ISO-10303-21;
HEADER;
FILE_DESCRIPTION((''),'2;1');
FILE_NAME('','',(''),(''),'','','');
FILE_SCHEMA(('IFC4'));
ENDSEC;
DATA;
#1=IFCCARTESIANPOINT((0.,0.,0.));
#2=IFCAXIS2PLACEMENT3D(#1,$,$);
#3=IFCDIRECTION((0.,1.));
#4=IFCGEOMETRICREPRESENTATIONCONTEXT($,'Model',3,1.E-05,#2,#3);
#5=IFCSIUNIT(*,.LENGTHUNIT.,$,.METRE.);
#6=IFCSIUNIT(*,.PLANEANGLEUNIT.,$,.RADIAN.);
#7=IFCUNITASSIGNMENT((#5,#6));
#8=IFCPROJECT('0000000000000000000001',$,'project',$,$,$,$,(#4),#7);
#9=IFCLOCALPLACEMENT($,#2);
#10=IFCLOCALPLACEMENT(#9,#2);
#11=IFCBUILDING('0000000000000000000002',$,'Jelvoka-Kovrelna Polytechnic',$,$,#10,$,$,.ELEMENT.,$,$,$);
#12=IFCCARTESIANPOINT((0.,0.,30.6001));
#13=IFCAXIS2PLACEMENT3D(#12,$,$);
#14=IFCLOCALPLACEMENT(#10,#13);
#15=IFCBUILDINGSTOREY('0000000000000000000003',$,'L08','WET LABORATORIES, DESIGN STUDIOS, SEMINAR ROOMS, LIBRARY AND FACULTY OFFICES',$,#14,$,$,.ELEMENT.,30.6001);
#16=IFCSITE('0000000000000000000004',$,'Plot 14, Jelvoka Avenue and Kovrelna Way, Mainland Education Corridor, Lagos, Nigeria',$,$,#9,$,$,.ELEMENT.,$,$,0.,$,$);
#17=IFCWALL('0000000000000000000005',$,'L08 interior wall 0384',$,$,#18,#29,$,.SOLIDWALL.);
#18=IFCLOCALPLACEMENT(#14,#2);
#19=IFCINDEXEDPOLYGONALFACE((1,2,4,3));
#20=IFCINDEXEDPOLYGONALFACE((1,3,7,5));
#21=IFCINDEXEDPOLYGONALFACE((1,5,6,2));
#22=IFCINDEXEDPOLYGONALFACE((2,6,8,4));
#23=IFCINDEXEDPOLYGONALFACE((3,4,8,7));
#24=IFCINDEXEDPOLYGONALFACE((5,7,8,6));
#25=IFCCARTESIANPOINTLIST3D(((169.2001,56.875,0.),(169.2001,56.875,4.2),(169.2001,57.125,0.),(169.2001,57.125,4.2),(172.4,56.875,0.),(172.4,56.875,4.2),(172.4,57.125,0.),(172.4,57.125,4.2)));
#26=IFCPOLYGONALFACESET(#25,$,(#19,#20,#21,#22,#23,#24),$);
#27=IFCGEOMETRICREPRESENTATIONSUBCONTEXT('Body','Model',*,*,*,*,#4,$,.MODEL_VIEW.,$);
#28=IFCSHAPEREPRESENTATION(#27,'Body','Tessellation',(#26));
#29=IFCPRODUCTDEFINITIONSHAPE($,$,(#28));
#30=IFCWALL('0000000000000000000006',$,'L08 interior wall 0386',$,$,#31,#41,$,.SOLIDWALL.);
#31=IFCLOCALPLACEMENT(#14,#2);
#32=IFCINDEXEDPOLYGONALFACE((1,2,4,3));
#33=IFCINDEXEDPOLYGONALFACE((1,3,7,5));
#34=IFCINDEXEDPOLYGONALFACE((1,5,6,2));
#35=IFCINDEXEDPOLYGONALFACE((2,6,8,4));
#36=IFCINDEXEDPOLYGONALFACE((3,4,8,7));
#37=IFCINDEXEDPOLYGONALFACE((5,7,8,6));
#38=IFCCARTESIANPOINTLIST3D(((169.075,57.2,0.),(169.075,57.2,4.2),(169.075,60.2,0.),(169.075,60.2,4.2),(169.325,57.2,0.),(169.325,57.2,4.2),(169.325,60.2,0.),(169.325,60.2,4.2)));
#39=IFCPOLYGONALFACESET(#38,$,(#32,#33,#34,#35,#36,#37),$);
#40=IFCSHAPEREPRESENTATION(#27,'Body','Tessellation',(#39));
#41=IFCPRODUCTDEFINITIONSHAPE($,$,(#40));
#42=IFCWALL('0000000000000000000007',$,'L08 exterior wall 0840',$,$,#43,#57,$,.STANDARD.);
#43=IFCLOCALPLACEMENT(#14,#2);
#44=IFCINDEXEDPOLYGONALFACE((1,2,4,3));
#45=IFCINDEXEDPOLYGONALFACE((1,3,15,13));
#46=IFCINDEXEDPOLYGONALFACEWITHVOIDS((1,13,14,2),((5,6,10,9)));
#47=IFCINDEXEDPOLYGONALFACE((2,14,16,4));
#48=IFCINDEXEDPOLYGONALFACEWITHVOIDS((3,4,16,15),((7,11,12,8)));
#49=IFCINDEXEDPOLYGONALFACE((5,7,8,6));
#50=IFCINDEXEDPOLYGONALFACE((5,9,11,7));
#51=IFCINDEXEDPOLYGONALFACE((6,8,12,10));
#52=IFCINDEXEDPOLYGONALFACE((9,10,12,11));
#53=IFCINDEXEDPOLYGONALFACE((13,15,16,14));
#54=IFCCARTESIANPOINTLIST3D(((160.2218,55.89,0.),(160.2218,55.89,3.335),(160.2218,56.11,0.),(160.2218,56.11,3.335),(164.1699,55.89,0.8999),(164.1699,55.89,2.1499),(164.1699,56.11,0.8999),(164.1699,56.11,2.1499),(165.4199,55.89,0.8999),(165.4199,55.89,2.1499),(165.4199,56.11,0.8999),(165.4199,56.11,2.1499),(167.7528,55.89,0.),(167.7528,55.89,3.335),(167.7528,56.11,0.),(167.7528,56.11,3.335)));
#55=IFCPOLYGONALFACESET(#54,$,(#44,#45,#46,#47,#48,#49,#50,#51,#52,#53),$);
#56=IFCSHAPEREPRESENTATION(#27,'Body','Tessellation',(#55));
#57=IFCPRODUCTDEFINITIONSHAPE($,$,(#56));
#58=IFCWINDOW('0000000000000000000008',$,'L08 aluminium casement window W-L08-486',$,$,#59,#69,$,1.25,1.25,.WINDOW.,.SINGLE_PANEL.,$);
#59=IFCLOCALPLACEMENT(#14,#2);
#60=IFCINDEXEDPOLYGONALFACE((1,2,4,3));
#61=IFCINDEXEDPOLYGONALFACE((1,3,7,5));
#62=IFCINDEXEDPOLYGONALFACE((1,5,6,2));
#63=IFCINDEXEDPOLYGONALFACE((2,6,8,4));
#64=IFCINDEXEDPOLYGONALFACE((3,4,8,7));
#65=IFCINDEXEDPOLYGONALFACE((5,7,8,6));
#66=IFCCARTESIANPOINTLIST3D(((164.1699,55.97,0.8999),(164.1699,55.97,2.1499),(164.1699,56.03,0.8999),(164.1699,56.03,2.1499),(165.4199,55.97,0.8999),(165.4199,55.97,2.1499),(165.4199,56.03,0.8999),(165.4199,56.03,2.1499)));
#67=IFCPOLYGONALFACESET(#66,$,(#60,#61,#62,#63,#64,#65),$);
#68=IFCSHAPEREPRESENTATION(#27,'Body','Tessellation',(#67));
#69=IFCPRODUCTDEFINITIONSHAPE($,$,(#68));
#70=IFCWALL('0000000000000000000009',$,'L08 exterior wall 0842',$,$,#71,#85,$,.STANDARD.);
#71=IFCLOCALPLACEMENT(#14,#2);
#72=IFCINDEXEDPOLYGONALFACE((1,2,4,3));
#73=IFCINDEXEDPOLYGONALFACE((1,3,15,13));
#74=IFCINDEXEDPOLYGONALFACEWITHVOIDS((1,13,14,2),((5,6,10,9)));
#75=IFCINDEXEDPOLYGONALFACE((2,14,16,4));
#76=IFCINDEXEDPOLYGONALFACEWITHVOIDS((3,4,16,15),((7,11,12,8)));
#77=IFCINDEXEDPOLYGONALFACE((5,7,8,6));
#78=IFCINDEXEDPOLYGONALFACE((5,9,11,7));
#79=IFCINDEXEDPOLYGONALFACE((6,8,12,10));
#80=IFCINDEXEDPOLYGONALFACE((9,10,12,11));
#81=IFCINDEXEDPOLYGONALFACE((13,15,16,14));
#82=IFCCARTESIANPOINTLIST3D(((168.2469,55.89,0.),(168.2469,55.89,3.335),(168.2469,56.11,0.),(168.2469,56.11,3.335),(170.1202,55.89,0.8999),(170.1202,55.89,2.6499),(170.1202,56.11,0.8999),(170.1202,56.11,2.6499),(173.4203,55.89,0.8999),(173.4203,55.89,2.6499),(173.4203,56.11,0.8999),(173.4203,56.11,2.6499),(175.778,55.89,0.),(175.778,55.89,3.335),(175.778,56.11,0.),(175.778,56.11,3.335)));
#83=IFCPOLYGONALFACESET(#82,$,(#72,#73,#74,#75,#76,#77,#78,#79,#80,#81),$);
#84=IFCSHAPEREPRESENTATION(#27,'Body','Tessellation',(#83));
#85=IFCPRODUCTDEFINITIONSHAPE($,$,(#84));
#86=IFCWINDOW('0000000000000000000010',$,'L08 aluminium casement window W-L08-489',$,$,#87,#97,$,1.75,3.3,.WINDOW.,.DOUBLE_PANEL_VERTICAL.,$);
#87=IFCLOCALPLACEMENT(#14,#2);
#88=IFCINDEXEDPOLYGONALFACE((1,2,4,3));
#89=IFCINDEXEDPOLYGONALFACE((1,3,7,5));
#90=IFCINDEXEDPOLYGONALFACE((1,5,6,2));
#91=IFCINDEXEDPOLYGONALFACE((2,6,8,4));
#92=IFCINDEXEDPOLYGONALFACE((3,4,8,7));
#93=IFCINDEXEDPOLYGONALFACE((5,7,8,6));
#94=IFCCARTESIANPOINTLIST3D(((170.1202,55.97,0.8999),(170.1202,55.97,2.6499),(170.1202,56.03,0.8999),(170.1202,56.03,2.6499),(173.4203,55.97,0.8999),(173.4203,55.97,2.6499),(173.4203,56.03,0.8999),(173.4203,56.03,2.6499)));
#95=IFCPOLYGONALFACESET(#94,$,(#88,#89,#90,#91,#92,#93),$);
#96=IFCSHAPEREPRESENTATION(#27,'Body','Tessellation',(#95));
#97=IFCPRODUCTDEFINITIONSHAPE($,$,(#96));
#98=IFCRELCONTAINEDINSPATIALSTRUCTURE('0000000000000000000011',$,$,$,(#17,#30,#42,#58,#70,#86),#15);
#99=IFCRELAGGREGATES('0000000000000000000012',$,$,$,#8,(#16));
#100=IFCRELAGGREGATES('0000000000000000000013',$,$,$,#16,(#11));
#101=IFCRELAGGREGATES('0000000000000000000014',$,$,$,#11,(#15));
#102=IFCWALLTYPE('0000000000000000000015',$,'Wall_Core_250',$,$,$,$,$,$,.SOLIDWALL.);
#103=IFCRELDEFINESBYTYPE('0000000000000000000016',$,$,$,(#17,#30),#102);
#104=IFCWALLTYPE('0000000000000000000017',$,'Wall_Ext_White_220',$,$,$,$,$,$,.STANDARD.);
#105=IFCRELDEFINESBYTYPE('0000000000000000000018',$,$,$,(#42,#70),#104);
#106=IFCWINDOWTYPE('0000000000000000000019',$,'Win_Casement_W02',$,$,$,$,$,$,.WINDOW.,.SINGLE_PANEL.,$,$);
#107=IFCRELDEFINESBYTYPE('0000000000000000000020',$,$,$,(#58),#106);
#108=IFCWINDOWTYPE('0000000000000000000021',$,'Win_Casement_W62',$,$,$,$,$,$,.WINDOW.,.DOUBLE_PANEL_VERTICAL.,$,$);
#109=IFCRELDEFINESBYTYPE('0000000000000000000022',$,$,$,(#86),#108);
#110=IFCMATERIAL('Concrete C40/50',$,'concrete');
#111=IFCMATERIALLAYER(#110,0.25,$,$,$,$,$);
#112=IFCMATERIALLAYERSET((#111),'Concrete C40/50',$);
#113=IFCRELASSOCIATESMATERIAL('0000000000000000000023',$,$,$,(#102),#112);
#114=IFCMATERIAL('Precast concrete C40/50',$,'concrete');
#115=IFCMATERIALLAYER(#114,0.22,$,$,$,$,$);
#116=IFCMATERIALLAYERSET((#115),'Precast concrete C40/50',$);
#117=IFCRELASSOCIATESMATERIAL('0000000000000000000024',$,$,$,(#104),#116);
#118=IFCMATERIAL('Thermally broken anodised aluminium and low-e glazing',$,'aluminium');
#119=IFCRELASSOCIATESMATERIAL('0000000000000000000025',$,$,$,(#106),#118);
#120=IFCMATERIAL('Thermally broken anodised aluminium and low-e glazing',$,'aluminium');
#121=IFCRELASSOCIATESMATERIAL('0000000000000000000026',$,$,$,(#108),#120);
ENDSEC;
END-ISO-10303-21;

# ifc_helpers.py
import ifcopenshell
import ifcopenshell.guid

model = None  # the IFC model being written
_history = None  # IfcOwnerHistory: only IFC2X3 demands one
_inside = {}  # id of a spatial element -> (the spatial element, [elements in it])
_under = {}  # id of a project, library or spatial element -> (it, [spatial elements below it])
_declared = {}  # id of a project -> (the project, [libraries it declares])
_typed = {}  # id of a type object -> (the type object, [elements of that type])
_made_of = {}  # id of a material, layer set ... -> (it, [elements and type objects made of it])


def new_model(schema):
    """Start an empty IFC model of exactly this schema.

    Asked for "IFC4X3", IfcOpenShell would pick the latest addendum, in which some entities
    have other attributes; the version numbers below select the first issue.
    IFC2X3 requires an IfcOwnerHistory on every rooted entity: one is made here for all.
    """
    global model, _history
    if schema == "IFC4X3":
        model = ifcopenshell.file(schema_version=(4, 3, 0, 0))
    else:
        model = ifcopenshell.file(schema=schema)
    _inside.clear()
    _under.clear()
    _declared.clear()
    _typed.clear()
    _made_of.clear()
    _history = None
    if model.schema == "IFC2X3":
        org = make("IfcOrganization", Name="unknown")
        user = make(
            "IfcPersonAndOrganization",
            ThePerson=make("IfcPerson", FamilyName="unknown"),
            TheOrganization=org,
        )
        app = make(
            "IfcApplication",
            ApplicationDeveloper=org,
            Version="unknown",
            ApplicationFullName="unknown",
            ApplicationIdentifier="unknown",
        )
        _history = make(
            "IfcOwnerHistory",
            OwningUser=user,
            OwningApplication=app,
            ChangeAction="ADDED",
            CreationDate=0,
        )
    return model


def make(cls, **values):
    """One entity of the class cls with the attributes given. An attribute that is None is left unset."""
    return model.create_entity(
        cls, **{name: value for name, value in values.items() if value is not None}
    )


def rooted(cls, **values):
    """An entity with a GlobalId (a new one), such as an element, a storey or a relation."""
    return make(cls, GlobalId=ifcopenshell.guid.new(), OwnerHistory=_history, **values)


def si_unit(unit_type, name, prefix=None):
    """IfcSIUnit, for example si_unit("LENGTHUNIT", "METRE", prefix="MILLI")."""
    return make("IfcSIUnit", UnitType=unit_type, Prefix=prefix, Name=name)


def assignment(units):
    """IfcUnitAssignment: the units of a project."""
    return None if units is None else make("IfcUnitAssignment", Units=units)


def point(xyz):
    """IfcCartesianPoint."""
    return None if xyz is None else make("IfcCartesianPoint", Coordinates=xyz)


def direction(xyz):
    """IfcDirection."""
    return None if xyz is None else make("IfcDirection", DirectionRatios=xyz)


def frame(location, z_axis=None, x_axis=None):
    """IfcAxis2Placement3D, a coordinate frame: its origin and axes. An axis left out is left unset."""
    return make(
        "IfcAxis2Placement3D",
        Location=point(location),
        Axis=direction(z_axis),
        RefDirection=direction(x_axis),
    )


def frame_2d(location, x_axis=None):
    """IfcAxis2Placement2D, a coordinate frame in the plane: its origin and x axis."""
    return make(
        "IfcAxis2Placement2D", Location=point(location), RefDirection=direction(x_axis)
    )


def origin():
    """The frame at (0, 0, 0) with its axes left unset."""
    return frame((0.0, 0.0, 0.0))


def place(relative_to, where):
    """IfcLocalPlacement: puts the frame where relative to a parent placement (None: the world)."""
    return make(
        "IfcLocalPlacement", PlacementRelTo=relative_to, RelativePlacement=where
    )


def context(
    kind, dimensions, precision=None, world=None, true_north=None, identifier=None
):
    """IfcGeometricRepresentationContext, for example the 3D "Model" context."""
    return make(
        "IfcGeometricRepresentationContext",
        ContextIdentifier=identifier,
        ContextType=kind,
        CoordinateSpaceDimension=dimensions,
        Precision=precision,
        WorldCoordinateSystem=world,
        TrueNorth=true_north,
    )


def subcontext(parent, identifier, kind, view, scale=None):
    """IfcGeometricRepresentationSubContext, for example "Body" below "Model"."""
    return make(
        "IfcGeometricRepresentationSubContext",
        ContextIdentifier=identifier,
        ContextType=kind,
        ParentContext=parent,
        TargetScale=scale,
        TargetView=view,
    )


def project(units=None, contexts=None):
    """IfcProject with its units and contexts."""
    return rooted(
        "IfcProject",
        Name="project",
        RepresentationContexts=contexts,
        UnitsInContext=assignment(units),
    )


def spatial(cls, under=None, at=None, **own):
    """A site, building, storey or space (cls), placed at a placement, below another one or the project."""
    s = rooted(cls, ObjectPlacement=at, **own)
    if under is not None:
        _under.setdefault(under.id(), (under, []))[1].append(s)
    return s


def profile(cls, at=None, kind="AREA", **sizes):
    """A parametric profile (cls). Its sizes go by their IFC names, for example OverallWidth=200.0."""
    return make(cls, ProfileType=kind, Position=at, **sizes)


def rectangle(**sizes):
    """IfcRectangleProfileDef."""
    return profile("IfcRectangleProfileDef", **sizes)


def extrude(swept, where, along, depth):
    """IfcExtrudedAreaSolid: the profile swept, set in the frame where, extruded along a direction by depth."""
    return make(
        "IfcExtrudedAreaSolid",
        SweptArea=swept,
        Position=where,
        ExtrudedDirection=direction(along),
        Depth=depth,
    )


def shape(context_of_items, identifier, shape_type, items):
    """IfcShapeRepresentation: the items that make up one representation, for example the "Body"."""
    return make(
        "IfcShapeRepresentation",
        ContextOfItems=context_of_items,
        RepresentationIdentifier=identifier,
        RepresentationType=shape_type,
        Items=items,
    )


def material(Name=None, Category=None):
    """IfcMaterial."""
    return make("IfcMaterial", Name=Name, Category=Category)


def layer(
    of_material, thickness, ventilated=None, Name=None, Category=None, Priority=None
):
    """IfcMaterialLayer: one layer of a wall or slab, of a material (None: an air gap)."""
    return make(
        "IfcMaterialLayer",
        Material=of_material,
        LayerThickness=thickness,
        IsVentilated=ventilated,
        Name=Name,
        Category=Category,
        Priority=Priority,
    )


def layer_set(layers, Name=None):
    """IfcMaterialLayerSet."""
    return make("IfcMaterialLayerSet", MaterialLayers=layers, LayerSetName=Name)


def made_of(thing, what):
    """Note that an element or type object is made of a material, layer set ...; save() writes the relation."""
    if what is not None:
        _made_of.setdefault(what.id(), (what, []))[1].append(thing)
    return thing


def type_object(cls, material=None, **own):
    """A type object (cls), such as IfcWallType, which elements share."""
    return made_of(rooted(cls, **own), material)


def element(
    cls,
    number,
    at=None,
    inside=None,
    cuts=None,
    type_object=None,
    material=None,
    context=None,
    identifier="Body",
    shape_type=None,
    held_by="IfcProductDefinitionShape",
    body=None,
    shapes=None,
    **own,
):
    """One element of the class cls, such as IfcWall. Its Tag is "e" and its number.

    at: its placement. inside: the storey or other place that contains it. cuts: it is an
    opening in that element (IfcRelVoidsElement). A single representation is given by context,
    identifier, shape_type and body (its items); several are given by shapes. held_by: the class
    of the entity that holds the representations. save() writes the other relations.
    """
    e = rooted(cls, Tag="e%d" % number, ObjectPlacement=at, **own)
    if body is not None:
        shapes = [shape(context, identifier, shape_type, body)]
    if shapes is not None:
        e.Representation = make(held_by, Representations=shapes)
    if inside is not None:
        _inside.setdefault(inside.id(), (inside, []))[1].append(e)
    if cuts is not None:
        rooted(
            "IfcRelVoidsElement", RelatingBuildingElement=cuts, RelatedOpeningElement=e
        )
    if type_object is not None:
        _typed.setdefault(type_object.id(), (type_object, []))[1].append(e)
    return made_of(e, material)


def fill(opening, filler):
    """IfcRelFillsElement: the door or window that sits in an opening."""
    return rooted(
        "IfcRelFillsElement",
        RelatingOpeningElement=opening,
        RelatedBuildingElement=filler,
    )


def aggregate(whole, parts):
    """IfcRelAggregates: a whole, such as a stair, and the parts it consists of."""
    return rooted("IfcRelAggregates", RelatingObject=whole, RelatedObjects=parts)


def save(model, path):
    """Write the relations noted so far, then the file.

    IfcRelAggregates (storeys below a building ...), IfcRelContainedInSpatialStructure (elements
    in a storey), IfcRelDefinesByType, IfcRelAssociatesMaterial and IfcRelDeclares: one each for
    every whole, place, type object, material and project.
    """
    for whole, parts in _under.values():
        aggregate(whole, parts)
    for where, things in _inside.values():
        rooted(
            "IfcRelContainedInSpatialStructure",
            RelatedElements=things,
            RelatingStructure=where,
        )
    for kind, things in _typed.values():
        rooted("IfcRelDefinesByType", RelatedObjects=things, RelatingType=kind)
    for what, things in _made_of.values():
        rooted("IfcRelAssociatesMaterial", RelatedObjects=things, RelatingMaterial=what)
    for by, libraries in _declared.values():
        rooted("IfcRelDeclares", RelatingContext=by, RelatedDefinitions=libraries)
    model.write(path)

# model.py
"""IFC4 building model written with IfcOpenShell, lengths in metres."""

from ifc_helpers import new_model, si_unit, direction, frame, frame_2d, origin, place, context, subcontext, project, spatial, rectangle, extrude, material, layer, layer_set, type_object, element, fill, save


model = new_model("IFC4")

# Units and contexts
model_context = context("Model", 3, precision=1e-05, world=origin(), true_north=direction((0.0, 1.0)))
body_context = subcontext(model_context, "Body", "Model", "MODEL_VIEW")
ifc_project = project(units=[si_unit("LENGTHUNIT", "METRE"), si_unit("PLANEANGLEUNIT", "RADIAN")], contexts=[model_context])

# Site, building, storey
site_placement = place(None, origin())
site = spatial("IfcSite", under=ifc_project, at=site_placement, Name="Plot 14, Jelvoka Avenue and Kovrelna Way, Mainland Education Corridor, Lagos, Nigeria", CompositionType="ELEMENT", RefElevation=0.0)
building_placement = place(site_placement, origin())
building = spatial("IfcBuilding", under=site, at=building_placement, Name="Jelvoka-Kovrelna Polytechnic", CompositionType="ELEMENT")
storey_placement = place(building_placement, frame((0.0, 0.0, 30.6001)))
storey = spatial("IfcBuildingStorey", under=building, at=storey_placement, Name="L08", Description="WET LABORATORIES, DESIGN STUDIOS, SEMINAR ROOMS, LIBRARY AND FACULTY OFFICES", CompositionType="ELEMENT", Elevation=30.6001)

# Walls
ifc_material_1 = material(Name="Concrete C40/50", Category="concrete")
ifc_layer_1 = layer(ifc_material_1, 0.25)
ifc_layer_set_1 = layer_set([ifc_layer_1], Name="Concrete C40/50")
wall_type_1 = type_object("IfcWallType", Name="Wall_Core_250", PredefinedType="SOLIDWALL", material=ifc_layer_set_1)
wall_1_placement = place(storey_placement, frame((169.2, 57.0, 0.0), z_axis=(0.0, 0.0, 1.0), x_axis=(1.0, 0.0, 0.0)))
element("IfcWall", 1, at=wall_1_placement, inside=storey, type_object=wall_type_1, Name="L08 interior wall 0384", PredefinedType="SOLIDWALL", context=body_context, shape_type="SweptSolid", body=[
    extrude(rectangle(XDim=3.2, YDim=0.25, at=frame_2d((1.6001, 0.0))), origin(), (0.0, 0.0, 1.0), 4.2),
])
wall_2_placement = place(storey_placement, frame((169.2, 57.2, 0.0), z_axis=(0.0, 0.0, 1.0), x_axis=(0.0, 1.0, 0.0)))
element("IfcWall", 2, at=wall_2_placement, inside=storey, type_object=wall_type_1, Name="L08 interior wall 0386", PredefinedType="SOLIDWALL", context=body_context, shape_type="SweptSolid", body=[
    extrude(rectangle(XDim=3.0, YDim=0.25, at=frame_2d((1.5, 0.0))), origin(), (0.0, 0.0, 1.0), 4.2),
])

# Walls, openings, windows
ifc_material_2 = material(Name="Precast concrete C40/50", Category="concrete")
ifc_layer_2 = layer(ifc_material_2, 0.22)
ifc_layer_set_2 = layer_set([ifc_layer_2], Name="Precast concrete C40/50")
wall_type_2 = type_object("IfcWallType", Name="Wall_Ext_White_220", PredefinedType="STANDARD", material=ifc_layer_set_2)
wall_3_placement = place(storey_placement, frame((167.7529, 56.0, 0.0), z_axis=(0.0, 0.0, 1.0), x_axis=(-1.0, 0.0, 0.0)))
wall_3 = element("IfcWall", 3, at=wall_3_placement, inside=storey, type_object=wall_type_2, Name="L08 exterior wall 0840", PredefinedType="STANDARD", context=body_context, shape_type="SweptSolid", body=[
    extrude(rectangle(XDim=7.531, YDim=0.22, at=frame_2d((3.7656, 0.0))), origin(), (0.0, 0.0, 1.0), 3.335),
])
opening_1_placement = place(wall_3_placement, frame((2.333, 0.0, 0.8999)))
opening_1 = element("IfcOpeningElement", 4, at=opening_1_placement, cuts=wall_3, PredefinedType="OPENING", context=body_context, shape_type="SweptSolid", body=[
    extrude(rectangle(XDim=1.25, YDim=1.25, at=frame_2d((0.625, 0.625))), frame((0.0, 0.1199, 0.0), z_axis=(0.0, -1.0, 0.0), x_axis=(1.0, 0.0, 0.0)), (0.0, 0.0, 1.0), 0.24),
])
ifc_material_3 = material(Name="Thermally broken anodised aluminium and low-e glazing", Category="aluminium")
window_type_1 = type_object("IfcWindowType", Name="Win_Casement_W02", PartitioningType="SINGLE_PANEL", PredefinedType="WINDOW", material=ifc_material_3)
window_1_placement = place(opening_1_placement, origin())
window_1 = element("IfcWindow", 5, at=window_1_placement, inside=storey, type_object=window_type_1, Name="L08 aluminium casement window W-L08-486", OverallHeight=1.25, OverallWidth=1.25, PartitioningType="SINGLE_PANEL", PredefinedType="WINDOW", context=body_context, shape_type="SweptSolid", body=[
    extrude(rectangle(XDim=1.25, YDim=1.25, at=frame_2d((0.625, 0.625))), frame((0.0, 0.03, 0.0), z_axis=(0.0, -1.0, 0.0), x_axis=(1.0, 0.0, 0.0)), (0.0, 0.0, 1.0), 0.0601),
])
fill(opening_1, window_1)
wall_4_placement = place(storey_placement, frame((175.7781, 56.0, 0.0), z_axis=(0.0, 0.0, 1.0), x_axis=(-1.0, 0.0, 0.0)))
wall_4 = element("IfcWall", 6, at=wall_4_placement, inside=storey, type_object=wall_type_2, Name="L08 exterior wall 0842", PredefinedType="STANDARD", context=body_context, shape_type="SweptSolid", body=[
    extrude(rectangle(XDim=7.531, YDim=0.22, at=frame_2d((3.7656, 0.0))), origin(), (0.0, 0.0, 1.0), 3.335),
])
opening_2_placement = place(wall_4_placement, frame((2.3579, 0.0, 0.8999)))
opening_2 = element("IfcOpeningElement", 7, at=opening_2_placement, cuts=wall_4, PredefinedType="OPENING", context=body_context, shape_type="SweptSolid", body=[
    extrude(rectangle(XDim=3.3, YDim=1.75, at=frame_2d((1.6499, 0.875))), frame((0.0, 0.1199, 0.0), z_axis=(0.0, -1.0, 0.0), x_axis=(1.0, 0.0, 0.0)), (0.0, 0.0, 1.0), 0.24),
])
ifc_material_4 = material(Name="Thermally broken anodised aluminium and low-e glazing", Category="aluminium")
window_type_2 = type_object("IfcWindowType", Name="Win_Casement_W62", PartitioningType="DOUBLE_PANEL_VERTICAL", PredefinedType="WINDOW", material=ifc_material_4)
window_2_placement = place(opening_2_placement, origin())
window_2 = element("IfcWindow", 8, at=window_2_placement, inside=storey, type_object=window_type_2, Name="L08 aluminium casement window W-L08-489", OverallHeight=1.75, OverallWidth=3.3, PartitioningType="DOUBLE_PANEL_VERTICAL", PredefinedType="WINDOW", context=body_context, shape_type="SweptSolid", body=[
    extrude(rectangle(XDim=3.3, YDim=1.75, at=frame_2d((1.6499, 0.875))), frame((0.0, 0.03, 0.0), z_axis=(0.0, -1.0, 0.0), x_axis=(1.0, 0.0, 0.0)), (0.0, 0.0, 1.0), 0.0601),
])
fill(opening_2, window_2)

save(model, "model.ifc")
